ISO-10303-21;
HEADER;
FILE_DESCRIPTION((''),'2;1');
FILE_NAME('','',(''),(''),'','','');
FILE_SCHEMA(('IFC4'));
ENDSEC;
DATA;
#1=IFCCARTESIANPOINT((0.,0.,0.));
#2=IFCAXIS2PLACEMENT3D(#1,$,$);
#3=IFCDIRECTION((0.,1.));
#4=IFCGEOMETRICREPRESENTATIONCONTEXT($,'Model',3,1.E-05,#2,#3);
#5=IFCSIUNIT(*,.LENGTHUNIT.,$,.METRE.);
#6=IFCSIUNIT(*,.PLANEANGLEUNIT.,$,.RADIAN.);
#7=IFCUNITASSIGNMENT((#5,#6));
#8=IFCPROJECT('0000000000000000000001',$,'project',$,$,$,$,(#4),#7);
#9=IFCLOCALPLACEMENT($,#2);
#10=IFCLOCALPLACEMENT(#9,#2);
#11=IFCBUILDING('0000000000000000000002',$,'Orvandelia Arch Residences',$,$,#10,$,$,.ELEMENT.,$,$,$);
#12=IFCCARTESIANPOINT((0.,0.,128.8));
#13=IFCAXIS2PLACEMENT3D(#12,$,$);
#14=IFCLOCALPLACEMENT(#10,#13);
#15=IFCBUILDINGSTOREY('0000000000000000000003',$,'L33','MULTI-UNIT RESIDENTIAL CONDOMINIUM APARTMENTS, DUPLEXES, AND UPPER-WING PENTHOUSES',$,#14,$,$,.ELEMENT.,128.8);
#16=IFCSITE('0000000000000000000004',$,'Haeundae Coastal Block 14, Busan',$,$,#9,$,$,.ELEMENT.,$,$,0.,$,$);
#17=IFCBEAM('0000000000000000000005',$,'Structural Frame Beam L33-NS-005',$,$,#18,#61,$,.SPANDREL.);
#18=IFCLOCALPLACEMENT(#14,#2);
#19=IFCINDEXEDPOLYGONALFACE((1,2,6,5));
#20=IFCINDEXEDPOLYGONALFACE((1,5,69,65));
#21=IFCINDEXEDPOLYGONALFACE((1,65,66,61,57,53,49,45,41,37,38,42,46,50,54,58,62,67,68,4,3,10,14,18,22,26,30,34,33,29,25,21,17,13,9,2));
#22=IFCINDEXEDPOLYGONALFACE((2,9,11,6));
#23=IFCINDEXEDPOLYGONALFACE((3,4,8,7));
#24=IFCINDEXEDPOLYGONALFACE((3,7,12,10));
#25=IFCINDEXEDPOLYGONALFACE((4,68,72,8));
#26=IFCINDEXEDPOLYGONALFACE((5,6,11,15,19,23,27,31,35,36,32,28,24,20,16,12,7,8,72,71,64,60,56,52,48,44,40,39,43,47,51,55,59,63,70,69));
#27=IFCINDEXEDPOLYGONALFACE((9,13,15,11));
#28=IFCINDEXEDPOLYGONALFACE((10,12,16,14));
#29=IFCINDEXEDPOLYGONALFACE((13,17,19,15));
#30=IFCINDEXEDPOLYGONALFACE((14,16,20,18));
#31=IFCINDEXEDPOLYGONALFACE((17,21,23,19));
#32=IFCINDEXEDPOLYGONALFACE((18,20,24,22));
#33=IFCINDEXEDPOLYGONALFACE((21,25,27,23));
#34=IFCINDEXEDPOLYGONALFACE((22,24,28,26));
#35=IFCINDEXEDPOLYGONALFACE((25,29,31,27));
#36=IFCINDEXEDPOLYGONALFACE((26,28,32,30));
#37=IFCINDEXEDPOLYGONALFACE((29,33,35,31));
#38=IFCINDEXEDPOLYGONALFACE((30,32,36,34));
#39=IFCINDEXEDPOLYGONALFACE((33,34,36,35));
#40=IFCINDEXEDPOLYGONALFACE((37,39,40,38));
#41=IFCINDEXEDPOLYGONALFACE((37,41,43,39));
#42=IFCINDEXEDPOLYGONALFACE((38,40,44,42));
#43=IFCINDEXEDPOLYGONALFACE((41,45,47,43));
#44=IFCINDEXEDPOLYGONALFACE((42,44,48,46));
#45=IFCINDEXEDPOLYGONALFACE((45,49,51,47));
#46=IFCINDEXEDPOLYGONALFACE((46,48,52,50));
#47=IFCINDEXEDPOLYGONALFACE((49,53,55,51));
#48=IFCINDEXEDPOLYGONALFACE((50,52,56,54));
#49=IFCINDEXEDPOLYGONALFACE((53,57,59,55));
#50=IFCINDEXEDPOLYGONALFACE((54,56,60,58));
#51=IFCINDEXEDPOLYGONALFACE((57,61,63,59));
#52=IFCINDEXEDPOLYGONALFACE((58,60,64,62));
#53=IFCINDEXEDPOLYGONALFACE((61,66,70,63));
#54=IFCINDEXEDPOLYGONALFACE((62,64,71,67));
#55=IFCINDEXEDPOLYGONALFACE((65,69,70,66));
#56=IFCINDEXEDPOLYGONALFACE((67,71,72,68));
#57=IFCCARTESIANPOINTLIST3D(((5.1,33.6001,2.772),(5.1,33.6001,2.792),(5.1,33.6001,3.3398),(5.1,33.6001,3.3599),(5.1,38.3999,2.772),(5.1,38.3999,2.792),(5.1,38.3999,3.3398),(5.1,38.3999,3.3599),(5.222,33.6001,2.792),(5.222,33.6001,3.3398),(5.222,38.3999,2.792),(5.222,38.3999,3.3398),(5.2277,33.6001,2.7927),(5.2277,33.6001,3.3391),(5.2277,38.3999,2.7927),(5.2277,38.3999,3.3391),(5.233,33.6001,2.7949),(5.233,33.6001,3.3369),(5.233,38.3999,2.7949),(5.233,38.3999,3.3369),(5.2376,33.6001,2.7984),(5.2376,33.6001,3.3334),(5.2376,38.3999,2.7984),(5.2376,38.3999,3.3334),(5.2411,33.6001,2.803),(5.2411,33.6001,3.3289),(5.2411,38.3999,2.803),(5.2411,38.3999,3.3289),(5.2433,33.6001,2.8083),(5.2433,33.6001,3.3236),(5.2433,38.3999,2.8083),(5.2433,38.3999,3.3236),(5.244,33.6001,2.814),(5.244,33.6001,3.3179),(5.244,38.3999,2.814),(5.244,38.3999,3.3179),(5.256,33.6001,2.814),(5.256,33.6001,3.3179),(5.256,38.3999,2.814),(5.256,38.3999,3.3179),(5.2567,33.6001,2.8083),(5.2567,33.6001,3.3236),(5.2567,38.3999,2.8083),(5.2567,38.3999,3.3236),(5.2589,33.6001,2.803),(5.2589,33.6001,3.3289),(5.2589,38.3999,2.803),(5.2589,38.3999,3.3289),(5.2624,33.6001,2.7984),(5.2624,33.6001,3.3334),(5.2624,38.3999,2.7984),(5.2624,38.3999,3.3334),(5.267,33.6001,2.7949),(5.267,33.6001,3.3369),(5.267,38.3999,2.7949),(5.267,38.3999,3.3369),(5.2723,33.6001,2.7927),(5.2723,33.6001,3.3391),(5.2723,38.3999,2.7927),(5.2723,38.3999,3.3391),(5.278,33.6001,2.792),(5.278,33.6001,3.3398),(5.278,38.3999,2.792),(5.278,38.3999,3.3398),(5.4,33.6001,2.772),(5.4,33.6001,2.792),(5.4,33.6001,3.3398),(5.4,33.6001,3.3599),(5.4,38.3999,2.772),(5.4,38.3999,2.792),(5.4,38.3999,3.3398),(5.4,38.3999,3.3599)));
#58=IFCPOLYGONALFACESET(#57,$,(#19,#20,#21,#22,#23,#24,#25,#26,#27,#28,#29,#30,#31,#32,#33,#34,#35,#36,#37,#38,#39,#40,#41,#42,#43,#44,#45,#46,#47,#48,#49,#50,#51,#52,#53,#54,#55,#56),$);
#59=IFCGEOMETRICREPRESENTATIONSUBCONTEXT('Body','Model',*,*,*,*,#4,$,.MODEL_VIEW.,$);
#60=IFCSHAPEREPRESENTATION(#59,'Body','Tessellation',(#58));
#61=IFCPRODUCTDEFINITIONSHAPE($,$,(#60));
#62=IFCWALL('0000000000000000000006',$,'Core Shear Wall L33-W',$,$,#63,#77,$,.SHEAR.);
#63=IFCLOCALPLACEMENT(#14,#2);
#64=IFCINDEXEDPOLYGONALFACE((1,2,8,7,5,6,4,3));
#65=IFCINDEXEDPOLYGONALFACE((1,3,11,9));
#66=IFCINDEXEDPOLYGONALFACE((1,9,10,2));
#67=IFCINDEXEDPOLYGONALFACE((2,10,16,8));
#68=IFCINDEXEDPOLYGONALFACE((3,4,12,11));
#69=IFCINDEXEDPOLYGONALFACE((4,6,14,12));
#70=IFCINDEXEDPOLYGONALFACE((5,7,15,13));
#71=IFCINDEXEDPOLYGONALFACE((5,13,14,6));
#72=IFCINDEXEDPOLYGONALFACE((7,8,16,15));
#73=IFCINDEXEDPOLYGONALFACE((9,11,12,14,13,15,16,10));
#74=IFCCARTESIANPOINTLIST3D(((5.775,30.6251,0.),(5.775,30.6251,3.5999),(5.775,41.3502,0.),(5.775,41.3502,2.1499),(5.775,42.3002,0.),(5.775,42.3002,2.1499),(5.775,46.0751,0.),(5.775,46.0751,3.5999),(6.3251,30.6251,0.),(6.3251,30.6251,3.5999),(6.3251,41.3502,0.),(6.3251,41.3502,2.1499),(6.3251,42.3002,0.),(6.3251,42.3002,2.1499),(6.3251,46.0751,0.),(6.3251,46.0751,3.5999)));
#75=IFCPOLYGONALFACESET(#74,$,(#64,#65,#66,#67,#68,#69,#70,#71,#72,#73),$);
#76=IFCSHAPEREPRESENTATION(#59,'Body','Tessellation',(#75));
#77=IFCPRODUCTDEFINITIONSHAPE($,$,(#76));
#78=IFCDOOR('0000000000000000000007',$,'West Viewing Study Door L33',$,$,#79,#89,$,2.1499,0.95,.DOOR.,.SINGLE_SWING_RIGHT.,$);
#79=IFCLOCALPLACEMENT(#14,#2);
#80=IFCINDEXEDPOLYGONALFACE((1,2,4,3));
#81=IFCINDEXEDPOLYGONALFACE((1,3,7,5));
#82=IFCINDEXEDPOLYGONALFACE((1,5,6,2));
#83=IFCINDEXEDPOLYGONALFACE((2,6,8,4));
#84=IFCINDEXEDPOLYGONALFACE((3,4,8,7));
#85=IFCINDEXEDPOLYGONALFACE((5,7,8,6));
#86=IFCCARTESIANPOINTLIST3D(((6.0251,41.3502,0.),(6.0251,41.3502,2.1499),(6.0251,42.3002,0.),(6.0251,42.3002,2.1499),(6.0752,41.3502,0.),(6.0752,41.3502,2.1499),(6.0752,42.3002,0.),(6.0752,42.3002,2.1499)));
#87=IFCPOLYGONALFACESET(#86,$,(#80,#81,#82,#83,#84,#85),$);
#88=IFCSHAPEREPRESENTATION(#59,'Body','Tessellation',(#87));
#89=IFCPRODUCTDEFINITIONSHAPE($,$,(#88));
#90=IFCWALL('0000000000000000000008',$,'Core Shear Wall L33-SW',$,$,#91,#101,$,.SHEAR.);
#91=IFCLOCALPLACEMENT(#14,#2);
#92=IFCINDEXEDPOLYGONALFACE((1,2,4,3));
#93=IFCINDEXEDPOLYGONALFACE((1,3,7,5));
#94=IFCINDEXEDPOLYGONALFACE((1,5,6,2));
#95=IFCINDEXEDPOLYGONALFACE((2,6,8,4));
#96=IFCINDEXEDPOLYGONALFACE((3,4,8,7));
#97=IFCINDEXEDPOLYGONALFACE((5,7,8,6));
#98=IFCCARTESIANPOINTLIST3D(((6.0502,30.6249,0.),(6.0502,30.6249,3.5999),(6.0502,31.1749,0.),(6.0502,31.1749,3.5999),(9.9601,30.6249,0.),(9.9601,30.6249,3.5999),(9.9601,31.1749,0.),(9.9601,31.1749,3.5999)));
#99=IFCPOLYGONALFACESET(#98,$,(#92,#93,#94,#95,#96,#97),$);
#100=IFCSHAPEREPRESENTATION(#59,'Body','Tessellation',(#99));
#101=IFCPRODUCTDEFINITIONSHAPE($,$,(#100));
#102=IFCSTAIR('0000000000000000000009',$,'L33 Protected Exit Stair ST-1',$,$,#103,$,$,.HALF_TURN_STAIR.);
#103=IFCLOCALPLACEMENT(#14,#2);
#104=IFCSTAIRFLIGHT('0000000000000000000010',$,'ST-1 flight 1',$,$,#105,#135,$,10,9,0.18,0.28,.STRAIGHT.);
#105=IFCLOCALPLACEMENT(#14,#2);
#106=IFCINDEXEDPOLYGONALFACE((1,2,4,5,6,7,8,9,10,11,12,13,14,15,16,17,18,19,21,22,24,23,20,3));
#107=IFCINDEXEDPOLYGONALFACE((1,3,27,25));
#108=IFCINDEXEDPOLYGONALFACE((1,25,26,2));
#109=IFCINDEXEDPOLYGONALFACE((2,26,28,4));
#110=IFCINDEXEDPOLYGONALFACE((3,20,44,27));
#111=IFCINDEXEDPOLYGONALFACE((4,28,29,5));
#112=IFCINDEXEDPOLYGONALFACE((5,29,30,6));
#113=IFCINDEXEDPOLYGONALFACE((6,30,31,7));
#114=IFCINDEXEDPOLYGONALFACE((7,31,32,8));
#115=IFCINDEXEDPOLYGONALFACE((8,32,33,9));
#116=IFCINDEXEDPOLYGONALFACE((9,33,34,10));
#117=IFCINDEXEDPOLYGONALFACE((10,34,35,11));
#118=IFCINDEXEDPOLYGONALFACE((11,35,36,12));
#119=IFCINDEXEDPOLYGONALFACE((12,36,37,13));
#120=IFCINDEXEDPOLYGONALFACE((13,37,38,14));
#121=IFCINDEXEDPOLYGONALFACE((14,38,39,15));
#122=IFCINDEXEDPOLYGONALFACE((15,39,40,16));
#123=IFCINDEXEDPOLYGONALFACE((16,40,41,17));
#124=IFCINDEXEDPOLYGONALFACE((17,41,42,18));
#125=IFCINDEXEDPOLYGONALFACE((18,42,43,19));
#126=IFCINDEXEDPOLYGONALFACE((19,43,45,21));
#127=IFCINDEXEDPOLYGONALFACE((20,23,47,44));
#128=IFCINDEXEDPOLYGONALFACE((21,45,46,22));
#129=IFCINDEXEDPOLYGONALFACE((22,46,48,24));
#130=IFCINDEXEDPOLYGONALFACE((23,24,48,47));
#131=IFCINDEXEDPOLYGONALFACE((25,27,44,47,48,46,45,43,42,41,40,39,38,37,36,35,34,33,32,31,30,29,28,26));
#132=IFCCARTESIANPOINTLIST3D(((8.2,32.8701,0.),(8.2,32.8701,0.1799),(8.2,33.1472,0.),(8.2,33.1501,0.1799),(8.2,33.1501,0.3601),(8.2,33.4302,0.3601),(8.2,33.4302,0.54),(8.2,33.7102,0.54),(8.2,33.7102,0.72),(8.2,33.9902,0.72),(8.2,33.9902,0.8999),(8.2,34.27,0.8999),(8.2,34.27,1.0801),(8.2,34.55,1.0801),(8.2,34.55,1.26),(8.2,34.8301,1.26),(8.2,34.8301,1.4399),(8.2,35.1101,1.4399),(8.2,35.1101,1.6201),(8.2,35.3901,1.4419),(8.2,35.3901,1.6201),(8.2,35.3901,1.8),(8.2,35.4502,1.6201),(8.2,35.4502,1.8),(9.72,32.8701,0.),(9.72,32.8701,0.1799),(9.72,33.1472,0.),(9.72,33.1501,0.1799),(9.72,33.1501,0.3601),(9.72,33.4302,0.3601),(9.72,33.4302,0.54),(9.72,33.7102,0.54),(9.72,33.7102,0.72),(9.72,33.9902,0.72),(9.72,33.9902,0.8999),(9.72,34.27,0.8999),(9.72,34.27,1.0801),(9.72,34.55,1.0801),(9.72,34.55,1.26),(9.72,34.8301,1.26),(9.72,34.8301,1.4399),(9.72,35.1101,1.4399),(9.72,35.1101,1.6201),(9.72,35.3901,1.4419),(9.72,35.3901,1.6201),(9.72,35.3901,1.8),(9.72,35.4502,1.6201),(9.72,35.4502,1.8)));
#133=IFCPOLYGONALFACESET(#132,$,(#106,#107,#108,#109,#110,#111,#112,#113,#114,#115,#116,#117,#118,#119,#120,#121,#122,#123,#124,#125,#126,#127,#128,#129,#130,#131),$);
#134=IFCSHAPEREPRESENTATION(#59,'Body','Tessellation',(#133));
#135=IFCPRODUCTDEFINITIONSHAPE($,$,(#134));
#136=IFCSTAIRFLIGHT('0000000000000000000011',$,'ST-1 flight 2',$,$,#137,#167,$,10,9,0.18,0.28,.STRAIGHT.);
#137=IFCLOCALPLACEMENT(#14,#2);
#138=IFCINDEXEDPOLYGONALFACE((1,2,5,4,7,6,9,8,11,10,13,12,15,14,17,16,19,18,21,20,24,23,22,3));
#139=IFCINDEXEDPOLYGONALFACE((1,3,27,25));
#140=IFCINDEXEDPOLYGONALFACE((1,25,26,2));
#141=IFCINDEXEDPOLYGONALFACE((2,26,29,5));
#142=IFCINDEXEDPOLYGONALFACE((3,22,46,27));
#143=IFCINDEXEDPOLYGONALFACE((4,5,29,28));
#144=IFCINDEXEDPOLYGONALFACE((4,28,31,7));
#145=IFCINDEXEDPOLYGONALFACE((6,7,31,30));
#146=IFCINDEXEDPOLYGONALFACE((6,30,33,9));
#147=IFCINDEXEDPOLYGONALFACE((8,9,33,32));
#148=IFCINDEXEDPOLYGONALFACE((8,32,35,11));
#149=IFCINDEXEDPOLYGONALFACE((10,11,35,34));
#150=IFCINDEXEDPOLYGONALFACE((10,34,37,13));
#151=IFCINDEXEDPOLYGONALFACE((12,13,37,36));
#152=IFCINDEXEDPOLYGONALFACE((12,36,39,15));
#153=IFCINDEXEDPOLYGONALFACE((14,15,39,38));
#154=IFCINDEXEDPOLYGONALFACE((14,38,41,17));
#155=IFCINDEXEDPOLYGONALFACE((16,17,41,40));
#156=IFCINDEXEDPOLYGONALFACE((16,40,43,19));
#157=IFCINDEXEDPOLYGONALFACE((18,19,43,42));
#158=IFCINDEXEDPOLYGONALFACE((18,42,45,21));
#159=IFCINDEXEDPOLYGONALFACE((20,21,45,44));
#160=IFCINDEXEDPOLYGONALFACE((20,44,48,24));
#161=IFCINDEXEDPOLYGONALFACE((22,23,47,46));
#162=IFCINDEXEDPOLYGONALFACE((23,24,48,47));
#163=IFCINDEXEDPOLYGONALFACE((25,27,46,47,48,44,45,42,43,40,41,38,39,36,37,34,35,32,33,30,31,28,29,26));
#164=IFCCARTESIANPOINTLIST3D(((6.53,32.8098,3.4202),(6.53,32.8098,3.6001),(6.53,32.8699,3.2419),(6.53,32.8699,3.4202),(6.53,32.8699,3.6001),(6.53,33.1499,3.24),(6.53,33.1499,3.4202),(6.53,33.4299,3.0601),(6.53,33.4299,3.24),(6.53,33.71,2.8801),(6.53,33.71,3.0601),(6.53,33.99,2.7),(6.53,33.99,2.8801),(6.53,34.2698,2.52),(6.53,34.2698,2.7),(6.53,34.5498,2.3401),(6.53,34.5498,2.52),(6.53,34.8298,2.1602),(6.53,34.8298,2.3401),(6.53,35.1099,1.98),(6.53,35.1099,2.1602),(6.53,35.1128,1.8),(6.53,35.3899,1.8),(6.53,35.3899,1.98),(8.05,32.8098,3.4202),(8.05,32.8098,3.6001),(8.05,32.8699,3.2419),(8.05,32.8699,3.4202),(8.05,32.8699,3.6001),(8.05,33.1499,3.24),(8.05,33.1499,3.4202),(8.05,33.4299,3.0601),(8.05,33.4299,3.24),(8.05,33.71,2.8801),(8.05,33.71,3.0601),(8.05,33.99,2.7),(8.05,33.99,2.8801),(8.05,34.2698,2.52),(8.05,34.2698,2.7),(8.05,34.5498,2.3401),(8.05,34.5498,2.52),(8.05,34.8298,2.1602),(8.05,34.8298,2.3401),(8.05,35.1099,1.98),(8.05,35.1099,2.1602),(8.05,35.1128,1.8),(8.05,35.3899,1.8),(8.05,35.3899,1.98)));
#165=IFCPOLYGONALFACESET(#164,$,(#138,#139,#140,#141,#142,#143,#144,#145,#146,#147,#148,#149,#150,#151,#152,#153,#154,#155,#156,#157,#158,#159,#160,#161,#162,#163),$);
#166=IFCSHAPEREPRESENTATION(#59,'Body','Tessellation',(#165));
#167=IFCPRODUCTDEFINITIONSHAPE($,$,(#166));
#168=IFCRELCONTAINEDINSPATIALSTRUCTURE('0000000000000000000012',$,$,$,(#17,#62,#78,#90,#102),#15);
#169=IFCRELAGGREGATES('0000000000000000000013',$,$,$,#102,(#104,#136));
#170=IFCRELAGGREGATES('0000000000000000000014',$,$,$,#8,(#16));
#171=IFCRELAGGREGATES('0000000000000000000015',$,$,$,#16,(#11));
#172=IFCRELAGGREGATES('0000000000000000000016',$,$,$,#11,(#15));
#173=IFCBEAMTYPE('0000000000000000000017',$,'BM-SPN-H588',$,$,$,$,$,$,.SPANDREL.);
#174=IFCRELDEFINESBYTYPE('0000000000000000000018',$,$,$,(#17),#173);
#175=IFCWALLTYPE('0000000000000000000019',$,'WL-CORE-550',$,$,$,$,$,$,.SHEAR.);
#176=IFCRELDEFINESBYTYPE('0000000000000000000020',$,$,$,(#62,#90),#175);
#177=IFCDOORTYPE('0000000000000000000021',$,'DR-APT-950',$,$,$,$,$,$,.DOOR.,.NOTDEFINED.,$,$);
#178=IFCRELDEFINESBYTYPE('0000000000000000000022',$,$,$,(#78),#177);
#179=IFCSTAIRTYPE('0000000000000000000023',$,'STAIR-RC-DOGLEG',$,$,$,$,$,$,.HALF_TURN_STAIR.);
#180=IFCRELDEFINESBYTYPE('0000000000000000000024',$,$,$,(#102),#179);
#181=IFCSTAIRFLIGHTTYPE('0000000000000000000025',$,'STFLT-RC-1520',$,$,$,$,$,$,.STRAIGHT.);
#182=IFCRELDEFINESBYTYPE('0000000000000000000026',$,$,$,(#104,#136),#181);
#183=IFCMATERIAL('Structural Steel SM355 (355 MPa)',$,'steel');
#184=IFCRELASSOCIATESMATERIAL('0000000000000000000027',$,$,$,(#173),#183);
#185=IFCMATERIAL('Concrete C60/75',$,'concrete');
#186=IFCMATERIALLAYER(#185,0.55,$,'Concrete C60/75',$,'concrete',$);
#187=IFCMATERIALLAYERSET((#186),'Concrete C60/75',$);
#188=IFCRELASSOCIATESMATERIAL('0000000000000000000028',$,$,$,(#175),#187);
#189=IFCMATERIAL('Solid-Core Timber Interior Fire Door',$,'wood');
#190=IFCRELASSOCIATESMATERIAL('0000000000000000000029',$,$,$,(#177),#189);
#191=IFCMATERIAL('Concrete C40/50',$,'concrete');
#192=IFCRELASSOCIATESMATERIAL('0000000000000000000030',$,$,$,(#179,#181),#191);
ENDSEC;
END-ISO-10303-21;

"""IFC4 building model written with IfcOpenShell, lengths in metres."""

from ifc_helpers import new_model, si_unit, direction, frame, frame_2d, origin, origin_2d, place, context, subcontext, project, spatial, polyline, rectangle, i_section, outline, extrude, material, layer, layer_set, material_profile, profile_set, type_object, element, fill, aggregate, save


model = new_model("IFC4")

# Units and contexts
model_context = context("Model", 3, precision=1e-05, world=origin(), true_north=direction((0.0, 1.0)))
body_context = subcontext(model_context, "Body", "Model", "MODEL_VIEW")
ifc_project = project(units=[si_unit("LENGTHUNIT", "METRE"), si_unit("PLANEANGLEUNIT", "RADIAN")], contexts=[model_context])

# Site, building, storey
site_placement = place(None, origin())
site = spatial("IfcSite", under=ifc_project, at=site_placement, Name="Haeundae Coastal Block 14, Busan", CompositionType="ELEMENT", RefElevation=0.0)
building_placement = place(site_placement, origin())
building = spatial("IfcBuilding", under=site, at=building_placement, Name="Orvandelia Arch Residences", CompositionType="ELEMENT")
storey_placement = place(building_placement, frame((0.0, 0.0, 128.8)))
storey = spatial("IfcBuildingStorey", under=building, at=storey_placement, Name="L33", Description="MULTI-UNIT RESIDENTIAL CONDOMINIUM APARTMENTS, DUPLEXES, AND UPPER-WING PENTHOUSES", CompositionType="ELEMENT", Elevation=128.8)

# Shared definitions
ifc_material_1 = material(Name="Concrete C60/75", Category="concrete")

# Beam
ifc_material_2 = material(Name="Structural Steel SM355 (355 MPa)", Category="steel")
ifc_material_profile_1 = material_profile(ifc_material_2, i_section(OverallWidth=0.3, OverallDepth=0.5879, WebThickness=0.012, FlangeThickness=0.02, FilletRadius=0.022, at=origin_2d()), Name="Structural Steel SM355 (355 MPa)", Category="steel")
ifc_profile_set_1 = profile_set([ifc_material_profile_1], Name="Structural Steel SM355 (355 MPa)")
beam_type_1 = type_object("IfcBeamType", Name="BM-SPN-H588", PredefinedType="SPANDREL", material=ifc_profile_set_1)
beam_1_placement = place(storey_placement, frame((5.25, 33.6001, 3.0659), z_axis=(0.0, 1.0, 0.0), x_axis=(-1.0, 0.0, 0.0)))
element("IfcBeam", 1, at=beam_1_placement, inside=storey, type_object=beam_type_1, Name="Structural Frame Beam L33-NS-005", PredefinedType="SPANDREL", context=body_context, shape_type="SweptSolid", body=[
    extrude(i_section(OverallWidth=0.3, OverallDepth=0.5879, WebThickness=0.012, FlangeThickness=0.02, FilletRadius=0.022, at=origin_2d()), origin(), (0.0, 0.0, 1.0), 4.7998),
])

# Wall, opening, door
ifc_layer = layer(ifc_material_1, 0.55, Name="Concrete C60/75", Category="concrete")
ifc_layer_set = layer_set([ifc_layer], Name="Concrete C60/75")
wall_type = type_object("IfcWallType", Name="WL-CORE-550", PredefinedType="SHEAR", material=ifc_layer_set)
wall_1_placement = place(storey_placement, frame((6.05, 30.625, 0.0), z_axis=(0.0, 0.0, 1.0), x_axis=(0.0, 1.0, 0.0)))
wall_1 = element("IfcWall", 2, at=wall_1_placement, inside=storey, type_object=wall_type, Name="Core Shear Wall L33-W", PredefinedType="SHEAR", context=body_context, shape_type="SweptSolid", body=[
    extrude(rectangle(XDim=15.45, YDim=0.55, at=frame_2d((7.7251, 0.0))), origin(), (0.0, 0.0, 1.0), 3.5999),
])
opening_placement = place(wall_1_placement, frame((10.7251, 0.0, 0.0)))
opening = element("IfcOpeningElement", 3, at=opening_placement, cuts=wall_1, PredefinedType="OPENING", context=body_context, shape_type="SweptSolid", body=[
    extrude(rectangle(XDim=0.95, YDim=2.1499, at=frame_2d((0.4751, 1.075))), frame((0.0, 0.2852, 0.0), z_axis=(0.0, -1.0, 0.0), x_axis=(1.0, 0.0, 0.0)), (0.0, 0.0, 1.0), 0.5701),
])
ifc_material_3 = material(Name="Solid-Core Timber Interior Fire Door", Category="wood")
door_type = type_object("IfcDoorType", Name="DR-APT-950", OperationType="NOTDEFINED", PredefinedType="DOOR", material=ifc_material_3)
door_placement = place(opening_placement, origin())
door = element("IfcDoor", 4, at=door_placement, inside=storey, type_object=door_type, Name="West Viewing Study Door L33", OperationType="SINGLE_SWING_RIGHT", OverallHeight=2.1499, OverallWidth=0.95, PredefinedType="DOOR", context=body_context, shape_type="SweptSolid", body=[
    extrude(rectangle(XDim=0.95, YDim=2.1499, at=frame_2d((0.4751, 1.075))), frame((0.0, 0.0249, 0.0), z_axis=(0.0, -1.0, 0.0), x_axis=(1.0, 0.0, 0.0)), (0.0, 0.0, 1.0), 0.05),
])
fill(opening, door)

# Wall
wall_2_placement = place(storey_placement, frame((6.05, 30.8999, 0.0), z_axis=(0.0, 0.0, 1.0), x_axis=(1.0, 0.0, 0.0)))
element("IfcWall", 5, at=wall_2_placement, inside=storey, type_object=wall_type, Name="Core Shear Wall L33-SW", PredefinedType="SHEAR", context=body_context, shape_type="SweptSolid", body=[
    extrude(rectangle(XDim=3.9099, YDim=0.55, at=frame_2d((1.9551, 0.0))), origin(), (0.0, 0.0, 1.0), 3.5999),
])

# Stair, stair flights
ifc_material_4 = material(Name="Concrete C40/50", Category="concrete")
stair_type = type_object("IfcStairType", Name="STAIR-RC-DOGLEG", PredefinedType="HALF_TURN_STAIR", material=ifc_material_4)
stair_placement = place(storey_placement, origin())
stair = element("IfcStair", 6, at=stair_placement, inside=storey, type_object=stair_type, Name="L33 Protected Exit Stair ST-1", PredefinedType="HALF_TURN_STAIR")
stair_flight_type = type_object("IfcStairFlightType", Name="STFLT-RC-1520", PredefinedType="STRAIGHT", material=ifc_material_4)
stair_flight_1_placement = place(storey_placement, frame((8.96, 32.8701, 0.0), z_axis=(0.0, 0.0, 1.0), x_axis=(0.0, 1.0, 0.0)))
stair_flight_1 = element("IfcStairFlight", 7, at=stair_flight_1_placement, type_object=stair_flight_type, Name="ST-1 flight 1", NumberOfRisers=10, NumberOfTreads=9, PredefinedType="STRAIGHT", RiserHeight=0.18, TreadLength=0.28, context=body_context, shape_type="SweptSolid", body=[
    extrude(outline(polyline([(0.0, 0.0), (0.0, 0.1799), (0.28, 0.1799), (0.28, 0.3601), (0.5601, 0.3601), (0.5601, 0.54), (0.8401, 0.54), (0.8401, 0.72), (1.1201, 0.72), (1.1201, 0.8999), (1.3999, 0.8999), (1.3999, 1.0801), (1.6799, 1.0801), (1.6799, 1.26), (1.96, 1.26), (1.96, 1.4399), (2.24, 1.4399), (2.24, 1.6201), (2.52, 1.6201), (2.52, 1.8), (2.5801, 1.8), (2.5801, 1.6201), (2.52, 1.4419), (0.2771, 0.0), (0.0, 0.0)])), frame((0.0, 0.76, 0.0), z_axis=(0.0, -1.0, 0.0), x_axis=(1.0, 0.0, 0.0)), (0.0, 0.0, 1.0), 1.52),
])
stair_flight_2_placement = place(storey_placement, frame((7.29, 35.3899, 1.8), z_axis=(0.0, 0.0, 1.0), x_axis=(0.0, -1.0, 0.0)))
stair_flight_2 = element("IfcStairFlight", 8, at=stair_flight_2_placement, type_object=stair_flight_type, Name="ST-1 flight 2", NumberOfRisers=10, NumberOfTreads=9, PredefinedType="STRAIGHT", RiserHeight=0.18, TreadLength=0.28, context=body_context, shape_type="SweptSolid", body=[
    extrude(outline(polyline([(0.0, 0.0), (0.0, 0.1799), (0.28, 0.1799), (0.28, 0.3601), (0.5601, 0.3601), (0.5601, 0.54), (0.8401, 0.54), (0.8401, 0.72), (1.1201, 0.72), (1.1201, 0.8999), (1.3999, 0.8999), (1.3999, 1.0801), (1.6799, 1.0801), (1.6799, 1.26), (1.96, 1.26), (1.96, 1.4399), (2.24, 1.4399), (2.24, 1.6201), (2.52, 1.6201), (2.52, 1.8), (2.5801, 1.8), (2.5801, 1.6201), (2.52, 1.4419), (0.2771, 0.0), (0.0, 0.0)])), frame((0.0, 0.76, 0.0), z_axis=(0.0, -1.0, 0.0), x_axis=(1.0, 0.0, 0.0)), (0.0, 0.0, 1.0), 1.52),
])
aggregate(stair, [stair_flight_1, stair_flight_2])

save(model, "model.ifc")
